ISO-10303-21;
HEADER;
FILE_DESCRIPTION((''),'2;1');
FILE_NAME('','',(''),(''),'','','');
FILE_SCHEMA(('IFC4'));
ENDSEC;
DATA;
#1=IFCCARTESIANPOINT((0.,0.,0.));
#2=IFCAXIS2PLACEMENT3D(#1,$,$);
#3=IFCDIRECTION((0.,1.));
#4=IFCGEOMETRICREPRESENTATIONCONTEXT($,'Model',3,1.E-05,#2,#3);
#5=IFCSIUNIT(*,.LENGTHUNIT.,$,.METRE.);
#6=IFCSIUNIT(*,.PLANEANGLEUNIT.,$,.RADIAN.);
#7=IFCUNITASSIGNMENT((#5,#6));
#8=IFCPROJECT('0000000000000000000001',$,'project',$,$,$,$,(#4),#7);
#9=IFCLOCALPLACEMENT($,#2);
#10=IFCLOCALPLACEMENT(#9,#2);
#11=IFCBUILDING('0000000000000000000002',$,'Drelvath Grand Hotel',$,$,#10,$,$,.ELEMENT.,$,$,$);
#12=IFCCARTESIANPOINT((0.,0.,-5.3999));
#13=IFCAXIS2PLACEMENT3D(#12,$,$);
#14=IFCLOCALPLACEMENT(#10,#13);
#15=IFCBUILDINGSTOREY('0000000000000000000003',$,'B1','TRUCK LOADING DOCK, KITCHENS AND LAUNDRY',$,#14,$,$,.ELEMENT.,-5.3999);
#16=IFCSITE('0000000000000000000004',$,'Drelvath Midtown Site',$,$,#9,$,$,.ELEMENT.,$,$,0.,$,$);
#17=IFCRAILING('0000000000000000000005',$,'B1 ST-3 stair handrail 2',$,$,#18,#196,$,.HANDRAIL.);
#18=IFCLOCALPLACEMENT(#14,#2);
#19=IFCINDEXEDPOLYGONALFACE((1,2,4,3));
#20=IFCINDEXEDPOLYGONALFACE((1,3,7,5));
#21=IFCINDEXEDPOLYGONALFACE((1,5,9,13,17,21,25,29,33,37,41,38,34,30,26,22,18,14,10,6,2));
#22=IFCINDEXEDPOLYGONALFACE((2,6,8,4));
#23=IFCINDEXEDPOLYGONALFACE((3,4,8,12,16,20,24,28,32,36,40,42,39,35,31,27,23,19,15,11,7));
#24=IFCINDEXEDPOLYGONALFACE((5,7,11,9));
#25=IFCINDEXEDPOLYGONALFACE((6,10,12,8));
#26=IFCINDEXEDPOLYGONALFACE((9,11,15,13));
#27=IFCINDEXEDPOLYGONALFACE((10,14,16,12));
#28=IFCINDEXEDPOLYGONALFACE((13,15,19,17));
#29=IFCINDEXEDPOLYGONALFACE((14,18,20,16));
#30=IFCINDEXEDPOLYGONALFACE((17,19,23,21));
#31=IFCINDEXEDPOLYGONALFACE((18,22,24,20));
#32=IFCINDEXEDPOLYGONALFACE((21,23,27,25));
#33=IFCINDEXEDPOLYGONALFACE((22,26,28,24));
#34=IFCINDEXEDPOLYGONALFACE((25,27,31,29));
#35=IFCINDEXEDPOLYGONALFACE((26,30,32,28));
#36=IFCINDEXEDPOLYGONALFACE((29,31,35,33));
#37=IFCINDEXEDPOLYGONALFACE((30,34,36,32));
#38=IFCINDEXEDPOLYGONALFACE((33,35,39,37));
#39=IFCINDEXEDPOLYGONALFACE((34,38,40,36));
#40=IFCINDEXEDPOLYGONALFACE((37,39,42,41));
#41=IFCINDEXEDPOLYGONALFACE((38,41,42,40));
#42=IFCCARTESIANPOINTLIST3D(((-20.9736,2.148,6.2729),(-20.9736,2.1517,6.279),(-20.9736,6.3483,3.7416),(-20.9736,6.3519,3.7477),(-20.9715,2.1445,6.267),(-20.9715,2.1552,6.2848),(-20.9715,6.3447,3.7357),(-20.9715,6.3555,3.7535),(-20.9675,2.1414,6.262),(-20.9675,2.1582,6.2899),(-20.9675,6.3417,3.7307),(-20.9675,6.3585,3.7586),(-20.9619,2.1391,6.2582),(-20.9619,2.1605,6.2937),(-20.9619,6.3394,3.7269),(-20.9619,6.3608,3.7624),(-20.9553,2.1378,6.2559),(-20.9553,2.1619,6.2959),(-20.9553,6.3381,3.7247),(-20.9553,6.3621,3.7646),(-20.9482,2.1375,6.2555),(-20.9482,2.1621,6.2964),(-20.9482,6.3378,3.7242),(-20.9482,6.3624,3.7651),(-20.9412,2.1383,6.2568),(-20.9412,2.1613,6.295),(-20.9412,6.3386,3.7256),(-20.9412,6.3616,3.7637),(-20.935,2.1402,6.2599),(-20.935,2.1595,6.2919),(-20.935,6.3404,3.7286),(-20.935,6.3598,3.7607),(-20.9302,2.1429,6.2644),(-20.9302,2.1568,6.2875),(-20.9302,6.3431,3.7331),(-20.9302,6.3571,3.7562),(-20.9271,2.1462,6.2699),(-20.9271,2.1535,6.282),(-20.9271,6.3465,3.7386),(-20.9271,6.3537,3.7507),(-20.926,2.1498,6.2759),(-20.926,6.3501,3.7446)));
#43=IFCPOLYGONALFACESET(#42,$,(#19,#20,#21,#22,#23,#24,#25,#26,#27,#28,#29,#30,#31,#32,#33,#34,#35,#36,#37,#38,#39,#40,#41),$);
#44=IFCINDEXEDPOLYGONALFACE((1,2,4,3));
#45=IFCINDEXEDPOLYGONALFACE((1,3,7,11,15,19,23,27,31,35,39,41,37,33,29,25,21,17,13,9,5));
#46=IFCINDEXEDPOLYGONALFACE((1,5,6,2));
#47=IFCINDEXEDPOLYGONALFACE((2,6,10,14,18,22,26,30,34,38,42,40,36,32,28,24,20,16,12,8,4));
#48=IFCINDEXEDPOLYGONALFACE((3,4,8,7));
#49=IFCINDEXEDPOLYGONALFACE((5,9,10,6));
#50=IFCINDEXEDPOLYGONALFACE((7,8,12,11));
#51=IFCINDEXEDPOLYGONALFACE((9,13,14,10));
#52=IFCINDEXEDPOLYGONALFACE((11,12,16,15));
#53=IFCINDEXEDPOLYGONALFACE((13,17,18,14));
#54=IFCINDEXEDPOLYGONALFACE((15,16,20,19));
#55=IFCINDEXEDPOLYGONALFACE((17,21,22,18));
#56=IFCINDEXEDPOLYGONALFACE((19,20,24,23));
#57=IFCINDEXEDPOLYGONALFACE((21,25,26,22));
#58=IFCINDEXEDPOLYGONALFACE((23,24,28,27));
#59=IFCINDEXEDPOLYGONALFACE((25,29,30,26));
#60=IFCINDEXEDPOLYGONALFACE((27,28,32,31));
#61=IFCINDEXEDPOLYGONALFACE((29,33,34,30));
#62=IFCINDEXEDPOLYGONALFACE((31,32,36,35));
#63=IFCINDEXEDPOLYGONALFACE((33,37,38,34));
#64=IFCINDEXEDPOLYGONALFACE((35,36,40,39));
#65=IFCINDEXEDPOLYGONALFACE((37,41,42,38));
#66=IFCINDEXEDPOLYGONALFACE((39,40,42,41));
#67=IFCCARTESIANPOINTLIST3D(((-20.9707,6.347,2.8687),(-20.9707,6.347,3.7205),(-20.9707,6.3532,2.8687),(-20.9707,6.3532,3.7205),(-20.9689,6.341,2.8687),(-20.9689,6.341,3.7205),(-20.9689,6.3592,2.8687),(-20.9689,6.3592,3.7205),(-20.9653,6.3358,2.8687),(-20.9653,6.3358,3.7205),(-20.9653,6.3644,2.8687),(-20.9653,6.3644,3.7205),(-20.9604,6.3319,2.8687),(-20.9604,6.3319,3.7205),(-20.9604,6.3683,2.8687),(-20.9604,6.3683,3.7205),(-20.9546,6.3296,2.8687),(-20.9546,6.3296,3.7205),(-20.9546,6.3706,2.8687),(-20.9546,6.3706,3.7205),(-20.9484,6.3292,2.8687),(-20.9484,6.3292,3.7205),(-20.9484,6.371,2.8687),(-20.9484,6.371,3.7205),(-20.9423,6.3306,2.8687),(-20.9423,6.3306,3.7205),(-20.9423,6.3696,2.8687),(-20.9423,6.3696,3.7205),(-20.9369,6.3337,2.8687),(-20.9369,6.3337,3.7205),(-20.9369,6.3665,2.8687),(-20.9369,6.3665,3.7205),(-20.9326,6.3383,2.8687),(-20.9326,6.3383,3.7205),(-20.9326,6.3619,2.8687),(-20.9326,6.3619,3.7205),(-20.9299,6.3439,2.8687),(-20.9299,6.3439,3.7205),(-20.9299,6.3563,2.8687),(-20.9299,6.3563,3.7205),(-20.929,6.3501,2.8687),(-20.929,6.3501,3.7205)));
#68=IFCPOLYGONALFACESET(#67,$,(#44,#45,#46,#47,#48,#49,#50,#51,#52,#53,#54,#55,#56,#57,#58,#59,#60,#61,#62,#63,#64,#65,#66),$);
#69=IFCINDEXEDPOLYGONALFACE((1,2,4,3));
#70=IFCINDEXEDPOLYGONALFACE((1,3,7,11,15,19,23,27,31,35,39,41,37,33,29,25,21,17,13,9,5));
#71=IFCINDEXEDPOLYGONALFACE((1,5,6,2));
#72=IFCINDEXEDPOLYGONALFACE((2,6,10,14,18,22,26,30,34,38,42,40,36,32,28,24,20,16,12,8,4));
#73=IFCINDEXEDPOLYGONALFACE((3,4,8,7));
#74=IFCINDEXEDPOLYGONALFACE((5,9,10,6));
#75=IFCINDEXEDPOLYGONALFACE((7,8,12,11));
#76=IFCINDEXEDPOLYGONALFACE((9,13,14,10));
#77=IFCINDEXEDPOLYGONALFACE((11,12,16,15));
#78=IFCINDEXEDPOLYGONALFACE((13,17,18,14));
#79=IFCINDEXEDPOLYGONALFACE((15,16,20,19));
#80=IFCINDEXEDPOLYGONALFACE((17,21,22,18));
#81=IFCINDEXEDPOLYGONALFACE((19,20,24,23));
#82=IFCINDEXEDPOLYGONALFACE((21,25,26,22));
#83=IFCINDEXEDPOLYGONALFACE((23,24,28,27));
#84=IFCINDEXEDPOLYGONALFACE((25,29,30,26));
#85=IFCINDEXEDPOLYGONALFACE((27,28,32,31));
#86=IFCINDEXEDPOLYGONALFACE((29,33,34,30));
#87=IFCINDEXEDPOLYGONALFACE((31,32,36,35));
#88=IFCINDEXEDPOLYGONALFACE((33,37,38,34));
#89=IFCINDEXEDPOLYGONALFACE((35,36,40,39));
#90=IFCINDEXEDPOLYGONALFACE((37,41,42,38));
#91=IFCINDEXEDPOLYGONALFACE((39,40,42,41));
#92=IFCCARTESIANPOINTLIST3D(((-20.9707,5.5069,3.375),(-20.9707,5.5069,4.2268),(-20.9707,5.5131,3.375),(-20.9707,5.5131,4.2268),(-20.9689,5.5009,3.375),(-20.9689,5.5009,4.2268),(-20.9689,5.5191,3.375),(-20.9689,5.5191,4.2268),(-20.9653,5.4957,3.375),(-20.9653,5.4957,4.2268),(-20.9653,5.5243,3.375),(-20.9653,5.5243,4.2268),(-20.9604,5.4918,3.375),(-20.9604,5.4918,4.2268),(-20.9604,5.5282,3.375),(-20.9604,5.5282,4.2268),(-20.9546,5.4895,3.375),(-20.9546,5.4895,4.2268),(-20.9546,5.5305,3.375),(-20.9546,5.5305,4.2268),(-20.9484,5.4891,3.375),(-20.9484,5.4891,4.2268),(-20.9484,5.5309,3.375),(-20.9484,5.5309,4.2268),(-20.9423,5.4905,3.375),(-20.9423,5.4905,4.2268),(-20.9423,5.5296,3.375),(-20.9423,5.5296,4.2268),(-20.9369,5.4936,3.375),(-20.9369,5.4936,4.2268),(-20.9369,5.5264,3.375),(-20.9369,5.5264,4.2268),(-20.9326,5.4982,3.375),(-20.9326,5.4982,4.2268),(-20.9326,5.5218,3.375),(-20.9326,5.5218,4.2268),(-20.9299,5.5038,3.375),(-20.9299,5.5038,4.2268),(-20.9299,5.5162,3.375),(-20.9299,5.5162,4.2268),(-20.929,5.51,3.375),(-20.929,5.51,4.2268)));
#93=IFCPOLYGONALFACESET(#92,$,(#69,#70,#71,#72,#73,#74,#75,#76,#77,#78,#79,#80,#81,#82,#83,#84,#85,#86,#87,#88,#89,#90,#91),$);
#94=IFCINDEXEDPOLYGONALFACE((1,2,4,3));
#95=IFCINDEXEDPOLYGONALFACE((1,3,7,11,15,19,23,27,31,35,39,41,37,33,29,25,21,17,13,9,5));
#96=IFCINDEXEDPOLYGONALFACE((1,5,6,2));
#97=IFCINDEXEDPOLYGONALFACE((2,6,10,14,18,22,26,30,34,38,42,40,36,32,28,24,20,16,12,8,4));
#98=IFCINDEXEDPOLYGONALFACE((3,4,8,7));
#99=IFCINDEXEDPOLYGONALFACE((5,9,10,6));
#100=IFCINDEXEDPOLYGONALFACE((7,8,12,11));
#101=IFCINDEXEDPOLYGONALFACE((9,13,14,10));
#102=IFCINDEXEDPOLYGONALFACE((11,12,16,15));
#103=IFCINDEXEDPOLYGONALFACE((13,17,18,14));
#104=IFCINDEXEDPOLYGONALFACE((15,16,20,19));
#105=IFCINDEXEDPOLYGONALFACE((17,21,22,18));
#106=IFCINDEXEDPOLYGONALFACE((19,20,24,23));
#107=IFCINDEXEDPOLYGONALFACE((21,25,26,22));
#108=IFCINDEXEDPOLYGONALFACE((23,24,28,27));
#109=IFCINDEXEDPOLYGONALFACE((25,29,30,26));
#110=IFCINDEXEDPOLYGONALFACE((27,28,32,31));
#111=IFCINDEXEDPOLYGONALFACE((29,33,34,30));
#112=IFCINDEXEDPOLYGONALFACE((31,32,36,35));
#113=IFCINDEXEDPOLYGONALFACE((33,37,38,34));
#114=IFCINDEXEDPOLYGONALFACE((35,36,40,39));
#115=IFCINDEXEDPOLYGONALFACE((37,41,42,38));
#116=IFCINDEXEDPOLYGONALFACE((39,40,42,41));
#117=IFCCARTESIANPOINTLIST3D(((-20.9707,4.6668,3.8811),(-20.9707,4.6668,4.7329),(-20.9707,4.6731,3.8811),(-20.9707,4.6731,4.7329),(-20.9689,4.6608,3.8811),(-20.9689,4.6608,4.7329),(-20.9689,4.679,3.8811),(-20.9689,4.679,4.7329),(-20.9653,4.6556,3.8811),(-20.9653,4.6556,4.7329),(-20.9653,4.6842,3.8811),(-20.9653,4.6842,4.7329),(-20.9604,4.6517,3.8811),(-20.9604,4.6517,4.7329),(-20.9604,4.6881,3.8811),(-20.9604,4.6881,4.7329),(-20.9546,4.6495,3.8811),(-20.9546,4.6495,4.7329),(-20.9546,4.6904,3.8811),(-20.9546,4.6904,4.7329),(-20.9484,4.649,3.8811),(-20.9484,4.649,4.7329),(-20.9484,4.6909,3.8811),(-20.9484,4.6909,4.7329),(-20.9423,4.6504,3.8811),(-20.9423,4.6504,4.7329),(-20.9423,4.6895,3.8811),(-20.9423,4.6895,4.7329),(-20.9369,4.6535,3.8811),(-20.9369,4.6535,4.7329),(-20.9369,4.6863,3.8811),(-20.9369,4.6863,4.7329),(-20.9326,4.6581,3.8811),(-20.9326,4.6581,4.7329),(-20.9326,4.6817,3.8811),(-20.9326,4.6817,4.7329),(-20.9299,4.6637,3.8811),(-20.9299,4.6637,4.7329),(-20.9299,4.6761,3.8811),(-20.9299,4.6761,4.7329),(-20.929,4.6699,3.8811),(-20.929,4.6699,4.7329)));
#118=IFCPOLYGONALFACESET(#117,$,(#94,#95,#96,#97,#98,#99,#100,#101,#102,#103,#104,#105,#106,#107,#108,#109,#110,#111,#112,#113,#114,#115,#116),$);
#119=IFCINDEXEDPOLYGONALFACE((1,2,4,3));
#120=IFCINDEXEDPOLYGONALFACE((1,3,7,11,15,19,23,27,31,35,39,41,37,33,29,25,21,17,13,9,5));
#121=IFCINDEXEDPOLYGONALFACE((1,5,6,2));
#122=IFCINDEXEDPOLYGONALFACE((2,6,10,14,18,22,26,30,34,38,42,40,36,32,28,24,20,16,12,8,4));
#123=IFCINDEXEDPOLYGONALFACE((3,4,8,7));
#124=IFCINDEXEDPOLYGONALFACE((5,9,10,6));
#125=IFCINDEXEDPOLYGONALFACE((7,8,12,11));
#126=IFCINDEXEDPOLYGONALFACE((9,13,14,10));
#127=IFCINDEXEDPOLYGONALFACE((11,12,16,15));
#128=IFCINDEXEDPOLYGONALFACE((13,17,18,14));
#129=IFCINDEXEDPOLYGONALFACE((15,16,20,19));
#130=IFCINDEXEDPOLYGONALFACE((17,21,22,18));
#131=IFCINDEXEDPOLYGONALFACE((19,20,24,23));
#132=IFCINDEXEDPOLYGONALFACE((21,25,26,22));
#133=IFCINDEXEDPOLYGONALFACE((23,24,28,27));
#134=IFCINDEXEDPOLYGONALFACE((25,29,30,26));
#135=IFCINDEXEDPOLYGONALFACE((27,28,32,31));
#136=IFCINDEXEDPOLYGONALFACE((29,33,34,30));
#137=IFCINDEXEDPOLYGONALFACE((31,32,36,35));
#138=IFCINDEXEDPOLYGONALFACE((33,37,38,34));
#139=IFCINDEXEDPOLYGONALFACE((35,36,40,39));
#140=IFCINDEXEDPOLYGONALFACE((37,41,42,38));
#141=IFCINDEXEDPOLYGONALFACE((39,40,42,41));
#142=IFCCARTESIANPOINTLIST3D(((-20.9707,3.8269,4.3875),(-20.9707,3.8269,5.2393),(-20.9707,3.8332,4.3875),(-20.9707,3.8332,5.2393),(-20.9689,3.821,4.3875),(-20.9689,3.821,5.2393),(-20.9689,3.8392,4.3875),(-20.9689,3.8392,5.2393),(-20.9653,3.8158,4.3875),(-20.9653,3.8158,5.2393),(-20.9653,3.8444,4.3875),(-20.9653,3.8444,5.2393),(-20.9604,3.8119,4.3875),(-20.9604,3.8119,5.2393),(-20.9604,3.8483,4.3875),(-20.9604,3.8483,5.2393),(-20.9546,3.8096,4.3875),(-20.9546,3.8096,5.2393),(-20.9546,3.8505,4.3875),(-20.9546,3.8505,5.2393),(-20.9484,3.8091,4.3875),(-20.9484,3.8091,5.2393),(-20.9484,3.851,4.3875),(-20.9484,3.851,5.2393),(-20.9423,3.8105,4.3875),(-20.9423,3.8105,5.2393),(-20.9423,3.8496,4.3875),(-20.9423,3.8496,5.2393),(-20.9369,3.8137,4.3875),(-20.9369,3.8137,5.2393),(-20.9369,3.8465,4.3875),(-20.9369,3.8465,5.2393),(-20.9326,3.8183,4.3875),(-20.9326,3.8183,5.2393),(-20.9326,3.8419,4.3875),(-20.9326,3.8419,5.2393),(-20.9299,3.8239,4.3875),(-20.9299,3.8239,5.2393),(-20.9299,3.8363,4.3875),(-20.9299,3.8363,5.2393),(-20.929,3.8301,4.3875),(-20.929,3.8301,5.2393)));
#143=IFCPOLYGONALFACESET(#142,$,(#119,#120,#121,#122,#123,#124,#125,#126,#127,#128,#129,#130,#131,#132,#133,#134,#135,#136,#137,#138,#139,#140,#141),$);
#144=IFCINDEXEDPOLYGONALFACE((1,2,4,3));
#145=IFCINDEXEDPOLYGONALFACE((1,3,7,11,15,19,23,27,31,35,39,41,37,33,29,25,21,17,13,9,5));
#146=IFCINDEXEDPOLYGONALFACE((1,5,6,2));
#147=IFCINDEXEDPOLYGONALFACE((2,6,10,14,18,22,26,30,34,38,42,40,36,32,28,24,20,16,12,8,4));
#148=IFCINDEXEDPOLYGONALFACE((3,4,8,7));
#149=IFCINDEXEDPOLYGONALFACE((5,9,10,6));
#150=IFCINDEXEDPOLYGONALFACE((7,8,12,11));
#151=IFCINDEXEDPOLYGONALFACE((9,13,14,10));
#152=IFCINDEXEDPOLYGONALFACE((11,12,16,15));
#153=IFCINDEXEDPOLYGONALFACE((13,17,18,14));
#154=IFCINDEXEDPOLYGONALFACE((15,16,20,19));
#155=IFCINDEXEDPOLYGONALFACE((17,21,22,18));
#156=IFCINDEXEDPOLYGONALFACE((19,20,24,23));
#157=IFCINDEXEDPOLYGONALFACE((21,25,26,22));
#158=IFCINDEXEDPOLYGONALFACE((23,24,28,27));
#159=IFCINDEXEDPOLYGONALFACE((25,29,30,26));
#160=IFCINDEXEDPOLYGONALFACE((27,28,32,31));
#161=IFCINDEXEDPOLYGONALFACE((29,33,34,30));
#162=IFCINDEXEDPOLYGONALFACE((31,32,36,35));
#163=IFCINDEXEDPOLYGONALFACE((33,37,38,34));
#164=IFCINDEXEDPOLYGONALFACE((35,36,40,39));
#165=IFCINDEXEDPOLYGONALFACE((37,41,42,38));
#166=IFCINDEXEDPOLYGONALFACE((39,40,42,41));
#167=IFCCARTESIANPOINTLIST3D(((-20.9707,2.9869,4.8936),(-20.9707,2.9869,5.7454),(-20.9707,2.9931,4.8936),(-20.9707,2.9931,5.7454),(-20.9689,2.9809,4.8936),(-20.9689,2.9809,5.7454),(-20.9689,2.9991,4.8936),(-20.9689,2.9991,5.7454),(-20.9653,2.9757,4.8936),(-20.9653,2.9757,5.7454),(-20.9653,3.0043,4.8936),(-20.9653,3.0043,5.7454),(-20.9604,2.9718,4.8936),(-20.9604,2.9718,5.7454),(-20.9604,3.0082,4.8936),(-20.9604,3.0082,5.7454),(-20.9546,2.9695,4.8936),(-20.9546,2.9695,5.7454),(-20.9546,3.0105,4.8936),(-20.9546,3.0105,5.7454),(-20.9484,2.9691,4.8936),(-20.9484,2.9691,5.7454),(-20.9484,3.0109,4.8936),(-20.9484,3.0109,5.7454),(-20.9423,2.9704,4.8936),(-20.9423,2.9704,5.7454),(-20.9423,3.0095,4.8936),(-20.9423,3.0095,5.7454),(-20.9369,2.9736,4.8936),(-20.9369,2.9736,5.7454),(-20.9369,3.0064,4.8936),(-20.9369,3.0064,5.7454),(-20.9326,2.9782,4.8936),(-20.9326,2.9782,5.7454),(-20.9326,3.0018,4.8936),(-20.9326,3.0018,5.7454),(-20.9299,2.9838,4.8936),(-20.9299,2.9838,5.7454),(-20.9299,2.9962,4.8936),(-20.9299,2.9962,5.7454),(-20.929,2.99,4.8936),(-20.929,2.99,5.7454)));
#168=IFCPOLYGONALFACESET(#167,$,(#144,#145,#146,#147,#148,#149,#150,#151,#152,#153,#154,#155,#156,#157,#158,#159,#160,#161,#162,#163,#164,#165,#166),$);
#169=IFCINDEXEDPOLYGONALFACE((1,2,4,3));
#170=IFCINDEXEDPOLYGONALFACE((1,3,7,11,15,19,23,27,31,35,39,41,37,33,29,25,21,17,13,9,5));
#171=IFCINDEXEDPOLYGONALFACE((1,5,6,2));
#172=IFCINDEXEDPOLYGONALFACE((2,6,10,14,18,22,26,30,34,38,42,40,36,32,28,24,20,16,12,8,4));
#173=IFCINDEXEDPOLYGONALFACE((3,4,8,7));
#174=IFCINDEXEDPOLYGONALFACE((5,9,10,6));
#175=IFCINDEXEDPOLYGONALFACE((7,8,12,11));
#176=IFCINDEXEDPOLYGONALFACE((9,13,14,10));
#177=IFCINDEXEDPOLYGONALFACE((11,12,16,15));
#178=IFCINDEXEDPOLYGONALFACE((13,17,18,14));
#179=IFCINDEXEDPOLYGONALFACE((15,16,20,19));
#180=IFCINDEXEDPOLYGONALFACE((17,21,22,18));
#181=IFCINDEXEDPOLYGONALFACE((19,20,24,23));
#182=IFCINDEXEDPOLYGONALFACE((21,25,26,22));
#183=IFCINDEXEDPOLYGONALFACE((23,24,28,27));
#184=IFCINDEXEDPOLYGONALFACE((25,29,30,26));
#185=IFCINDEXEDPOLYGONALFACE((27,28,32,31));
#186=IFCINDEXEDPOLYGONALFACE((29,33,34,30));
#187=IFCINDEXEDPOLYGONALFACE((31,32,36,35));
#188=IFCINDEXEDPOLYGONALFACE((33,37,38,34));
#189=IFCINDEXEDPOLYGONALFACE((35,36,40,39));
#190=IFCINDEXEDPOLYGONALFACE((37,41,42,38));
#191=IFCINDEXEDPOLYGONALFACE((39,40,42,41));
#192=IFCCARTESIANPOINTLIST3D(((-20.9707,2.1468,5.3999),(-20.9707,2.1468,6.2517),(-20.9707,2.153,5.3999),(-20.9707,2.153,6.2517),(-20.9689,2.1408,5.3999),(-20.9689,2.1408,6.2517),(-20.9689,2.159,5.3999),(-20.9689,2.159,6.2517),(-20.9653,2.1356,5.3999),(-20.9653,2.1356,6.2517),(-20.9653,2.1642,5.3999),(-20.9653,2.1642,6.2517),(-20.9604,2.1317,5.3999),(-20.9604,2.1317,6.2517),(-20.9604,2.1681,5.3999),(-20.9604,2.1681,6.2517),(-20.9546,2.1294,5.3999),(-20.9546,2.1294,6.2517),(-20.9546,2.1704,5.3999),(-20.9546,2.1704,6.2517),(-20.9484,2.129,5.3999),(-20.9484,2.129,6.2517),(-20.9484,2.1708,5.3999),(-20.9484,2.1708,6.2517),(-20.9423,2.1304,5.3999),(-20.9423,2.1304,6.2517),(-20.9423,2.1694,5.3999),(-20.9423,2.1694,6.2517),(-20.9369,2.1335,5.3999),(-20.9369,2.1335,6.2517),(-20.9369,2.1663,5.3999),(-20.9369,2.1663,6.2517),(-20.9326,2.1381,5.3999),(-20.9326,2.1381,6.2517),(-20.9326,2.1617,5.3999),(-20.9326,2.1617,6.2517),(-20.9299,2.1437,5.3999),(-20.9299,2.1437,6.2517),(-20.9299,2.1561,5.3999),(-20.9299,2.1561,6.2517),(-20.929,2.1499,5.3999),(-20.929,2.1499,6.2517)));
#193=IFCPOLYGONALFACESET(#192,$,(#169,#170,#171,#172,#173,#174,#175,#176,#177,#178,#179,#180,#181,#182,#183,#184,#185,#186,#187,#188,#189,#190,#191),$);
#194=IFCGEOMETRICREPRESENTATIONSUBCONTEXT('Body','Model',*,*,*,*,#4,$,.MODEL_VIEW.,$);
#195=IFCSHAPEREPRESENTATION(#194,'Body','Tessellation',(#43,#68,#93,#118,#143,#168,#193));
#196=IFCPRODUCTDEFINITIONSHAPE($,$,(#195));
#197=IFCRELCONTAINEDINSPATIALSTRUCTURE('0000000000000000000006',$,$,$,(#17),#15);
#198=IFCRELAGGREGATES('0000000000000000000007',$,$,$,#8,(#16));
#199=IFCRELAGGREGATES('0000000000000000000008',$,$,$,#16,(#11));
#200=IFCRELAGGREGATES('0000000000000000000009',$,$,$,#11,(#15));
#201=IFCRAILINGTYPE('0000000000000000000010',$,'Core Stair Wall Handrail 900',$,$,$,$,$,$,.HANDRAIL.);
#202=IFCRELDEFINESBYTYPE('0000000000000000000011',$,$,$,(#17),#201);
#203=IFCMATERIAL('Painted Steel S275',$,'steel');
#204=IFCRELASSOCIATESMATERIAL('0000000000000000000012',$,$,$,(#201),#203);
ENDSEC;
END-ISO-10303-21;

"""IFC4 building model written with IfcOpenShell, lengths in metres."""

from ifc_helpers import new_model, si_unit, direction, frame, origin, origin_2d, place, context, subcontext, project, spatial, circle, extrude, material, type_object, element, save


model = new_model("IFC4")

# Units and contexts
model_context = context("Model", 3, precision=1e-05, world=origin(), true_north=direction((0.0, 1.0)))
body_context = subcontext(model_context, "Body", "Model", "MODEL_VIEW")
ifc_project = project(units=[si_unit("LENGTHUNIT", "METRE"), si_unit("PLANEANGLEUNIT", "RADIAN")], contexts=[model_context])

# Site, building, storey
site_placement = place(None, origin())
site = spatial("IfcSite", under=ifc_project, at=site_placement, Name="Drelvath Midtown Site", CompositionType="ELEMENT", RefElevation=0.0)
building_placement = place(site_placement, origin())
building = spatial("IfcBuilding", under=site, at=building_placement, Name="Drelvath Grand Hotel", CompositionType="ELEMENT")
storey_placement = place(building_placement, frame((0.0, 0.0, -5.3999)))
storey = spatial("IfcBuildingStorey", under=building, at=storey_placement, Name="B1", Description="TRUCK LOADING DOCK, KITCHENS AND LAUNDRY", CompositionType="ELEMENT", Elevation=-5.3999)

# Shared definitions
ifc_material_1 = material(Name="Painted Steel S275", Category="steel")

# Railing
railing_type_1 = type_object("IfcRailingType", Name="Core Stair Wall Handrail 900", PredefinedType="HANDRAIL", material=ifc_material_1)
railing_1_placement = place(storey_placement, frame((-20.95, 6.3501, 2.8687)))
element("IfcRailing", 1, at=railing_1_placement, inside=storey, type_object=railing_type_1, Name="B1 ST-3 stair handrail 2", PredefinedType="HANDRAIL", context=body_context, shape_type="SweptSolid", body=[
    extrude(circle(Radius=0.0239, at=origin_2d()), frame((0.0, 0.0, 0.876), z_axis=(0.0, -0.85649, 0.516164), x_axis=(1.0, 0.0, 0.0)), (0.0, 0.0, 1.0), 4.9041),
    extrude(circle(Radius=0.021, at=origin_2d()), origin(), (0.0, 0.0, 1.0), 0.8518),
    extrude(circle(Radius=0.021, at=origin_2d()), frame((0.0, -0.8401, 0.5063)), (0.0, 0.0, 1.0), 0.8518),
    extrude(circle(Radius=0.021, at=origin_2d()), frame((0.0, -1.6802, 1.0125)), (0.0, 0.0, 1.0), 0.8518),
    extrude(circle(Radius=0.021, at=origin_2d()), frame((0.0, -2.52, 1.5188)), (0.0, 0.0, 1.0), 0.8518),
    extrude(circle(Radius=0.021, at=origin_2d()), frame((0.0, -3.3601, 2.0249)), (0.0, 0.0, 1.0), 0.8518),
    extrude(circle(Radius=0.021, at=origin_2d()), frame((0.0, -4.2002, 2.5312)), (0.0, 0.0, 1.0), 0.8518),
])

save(model, "model.ifc")
